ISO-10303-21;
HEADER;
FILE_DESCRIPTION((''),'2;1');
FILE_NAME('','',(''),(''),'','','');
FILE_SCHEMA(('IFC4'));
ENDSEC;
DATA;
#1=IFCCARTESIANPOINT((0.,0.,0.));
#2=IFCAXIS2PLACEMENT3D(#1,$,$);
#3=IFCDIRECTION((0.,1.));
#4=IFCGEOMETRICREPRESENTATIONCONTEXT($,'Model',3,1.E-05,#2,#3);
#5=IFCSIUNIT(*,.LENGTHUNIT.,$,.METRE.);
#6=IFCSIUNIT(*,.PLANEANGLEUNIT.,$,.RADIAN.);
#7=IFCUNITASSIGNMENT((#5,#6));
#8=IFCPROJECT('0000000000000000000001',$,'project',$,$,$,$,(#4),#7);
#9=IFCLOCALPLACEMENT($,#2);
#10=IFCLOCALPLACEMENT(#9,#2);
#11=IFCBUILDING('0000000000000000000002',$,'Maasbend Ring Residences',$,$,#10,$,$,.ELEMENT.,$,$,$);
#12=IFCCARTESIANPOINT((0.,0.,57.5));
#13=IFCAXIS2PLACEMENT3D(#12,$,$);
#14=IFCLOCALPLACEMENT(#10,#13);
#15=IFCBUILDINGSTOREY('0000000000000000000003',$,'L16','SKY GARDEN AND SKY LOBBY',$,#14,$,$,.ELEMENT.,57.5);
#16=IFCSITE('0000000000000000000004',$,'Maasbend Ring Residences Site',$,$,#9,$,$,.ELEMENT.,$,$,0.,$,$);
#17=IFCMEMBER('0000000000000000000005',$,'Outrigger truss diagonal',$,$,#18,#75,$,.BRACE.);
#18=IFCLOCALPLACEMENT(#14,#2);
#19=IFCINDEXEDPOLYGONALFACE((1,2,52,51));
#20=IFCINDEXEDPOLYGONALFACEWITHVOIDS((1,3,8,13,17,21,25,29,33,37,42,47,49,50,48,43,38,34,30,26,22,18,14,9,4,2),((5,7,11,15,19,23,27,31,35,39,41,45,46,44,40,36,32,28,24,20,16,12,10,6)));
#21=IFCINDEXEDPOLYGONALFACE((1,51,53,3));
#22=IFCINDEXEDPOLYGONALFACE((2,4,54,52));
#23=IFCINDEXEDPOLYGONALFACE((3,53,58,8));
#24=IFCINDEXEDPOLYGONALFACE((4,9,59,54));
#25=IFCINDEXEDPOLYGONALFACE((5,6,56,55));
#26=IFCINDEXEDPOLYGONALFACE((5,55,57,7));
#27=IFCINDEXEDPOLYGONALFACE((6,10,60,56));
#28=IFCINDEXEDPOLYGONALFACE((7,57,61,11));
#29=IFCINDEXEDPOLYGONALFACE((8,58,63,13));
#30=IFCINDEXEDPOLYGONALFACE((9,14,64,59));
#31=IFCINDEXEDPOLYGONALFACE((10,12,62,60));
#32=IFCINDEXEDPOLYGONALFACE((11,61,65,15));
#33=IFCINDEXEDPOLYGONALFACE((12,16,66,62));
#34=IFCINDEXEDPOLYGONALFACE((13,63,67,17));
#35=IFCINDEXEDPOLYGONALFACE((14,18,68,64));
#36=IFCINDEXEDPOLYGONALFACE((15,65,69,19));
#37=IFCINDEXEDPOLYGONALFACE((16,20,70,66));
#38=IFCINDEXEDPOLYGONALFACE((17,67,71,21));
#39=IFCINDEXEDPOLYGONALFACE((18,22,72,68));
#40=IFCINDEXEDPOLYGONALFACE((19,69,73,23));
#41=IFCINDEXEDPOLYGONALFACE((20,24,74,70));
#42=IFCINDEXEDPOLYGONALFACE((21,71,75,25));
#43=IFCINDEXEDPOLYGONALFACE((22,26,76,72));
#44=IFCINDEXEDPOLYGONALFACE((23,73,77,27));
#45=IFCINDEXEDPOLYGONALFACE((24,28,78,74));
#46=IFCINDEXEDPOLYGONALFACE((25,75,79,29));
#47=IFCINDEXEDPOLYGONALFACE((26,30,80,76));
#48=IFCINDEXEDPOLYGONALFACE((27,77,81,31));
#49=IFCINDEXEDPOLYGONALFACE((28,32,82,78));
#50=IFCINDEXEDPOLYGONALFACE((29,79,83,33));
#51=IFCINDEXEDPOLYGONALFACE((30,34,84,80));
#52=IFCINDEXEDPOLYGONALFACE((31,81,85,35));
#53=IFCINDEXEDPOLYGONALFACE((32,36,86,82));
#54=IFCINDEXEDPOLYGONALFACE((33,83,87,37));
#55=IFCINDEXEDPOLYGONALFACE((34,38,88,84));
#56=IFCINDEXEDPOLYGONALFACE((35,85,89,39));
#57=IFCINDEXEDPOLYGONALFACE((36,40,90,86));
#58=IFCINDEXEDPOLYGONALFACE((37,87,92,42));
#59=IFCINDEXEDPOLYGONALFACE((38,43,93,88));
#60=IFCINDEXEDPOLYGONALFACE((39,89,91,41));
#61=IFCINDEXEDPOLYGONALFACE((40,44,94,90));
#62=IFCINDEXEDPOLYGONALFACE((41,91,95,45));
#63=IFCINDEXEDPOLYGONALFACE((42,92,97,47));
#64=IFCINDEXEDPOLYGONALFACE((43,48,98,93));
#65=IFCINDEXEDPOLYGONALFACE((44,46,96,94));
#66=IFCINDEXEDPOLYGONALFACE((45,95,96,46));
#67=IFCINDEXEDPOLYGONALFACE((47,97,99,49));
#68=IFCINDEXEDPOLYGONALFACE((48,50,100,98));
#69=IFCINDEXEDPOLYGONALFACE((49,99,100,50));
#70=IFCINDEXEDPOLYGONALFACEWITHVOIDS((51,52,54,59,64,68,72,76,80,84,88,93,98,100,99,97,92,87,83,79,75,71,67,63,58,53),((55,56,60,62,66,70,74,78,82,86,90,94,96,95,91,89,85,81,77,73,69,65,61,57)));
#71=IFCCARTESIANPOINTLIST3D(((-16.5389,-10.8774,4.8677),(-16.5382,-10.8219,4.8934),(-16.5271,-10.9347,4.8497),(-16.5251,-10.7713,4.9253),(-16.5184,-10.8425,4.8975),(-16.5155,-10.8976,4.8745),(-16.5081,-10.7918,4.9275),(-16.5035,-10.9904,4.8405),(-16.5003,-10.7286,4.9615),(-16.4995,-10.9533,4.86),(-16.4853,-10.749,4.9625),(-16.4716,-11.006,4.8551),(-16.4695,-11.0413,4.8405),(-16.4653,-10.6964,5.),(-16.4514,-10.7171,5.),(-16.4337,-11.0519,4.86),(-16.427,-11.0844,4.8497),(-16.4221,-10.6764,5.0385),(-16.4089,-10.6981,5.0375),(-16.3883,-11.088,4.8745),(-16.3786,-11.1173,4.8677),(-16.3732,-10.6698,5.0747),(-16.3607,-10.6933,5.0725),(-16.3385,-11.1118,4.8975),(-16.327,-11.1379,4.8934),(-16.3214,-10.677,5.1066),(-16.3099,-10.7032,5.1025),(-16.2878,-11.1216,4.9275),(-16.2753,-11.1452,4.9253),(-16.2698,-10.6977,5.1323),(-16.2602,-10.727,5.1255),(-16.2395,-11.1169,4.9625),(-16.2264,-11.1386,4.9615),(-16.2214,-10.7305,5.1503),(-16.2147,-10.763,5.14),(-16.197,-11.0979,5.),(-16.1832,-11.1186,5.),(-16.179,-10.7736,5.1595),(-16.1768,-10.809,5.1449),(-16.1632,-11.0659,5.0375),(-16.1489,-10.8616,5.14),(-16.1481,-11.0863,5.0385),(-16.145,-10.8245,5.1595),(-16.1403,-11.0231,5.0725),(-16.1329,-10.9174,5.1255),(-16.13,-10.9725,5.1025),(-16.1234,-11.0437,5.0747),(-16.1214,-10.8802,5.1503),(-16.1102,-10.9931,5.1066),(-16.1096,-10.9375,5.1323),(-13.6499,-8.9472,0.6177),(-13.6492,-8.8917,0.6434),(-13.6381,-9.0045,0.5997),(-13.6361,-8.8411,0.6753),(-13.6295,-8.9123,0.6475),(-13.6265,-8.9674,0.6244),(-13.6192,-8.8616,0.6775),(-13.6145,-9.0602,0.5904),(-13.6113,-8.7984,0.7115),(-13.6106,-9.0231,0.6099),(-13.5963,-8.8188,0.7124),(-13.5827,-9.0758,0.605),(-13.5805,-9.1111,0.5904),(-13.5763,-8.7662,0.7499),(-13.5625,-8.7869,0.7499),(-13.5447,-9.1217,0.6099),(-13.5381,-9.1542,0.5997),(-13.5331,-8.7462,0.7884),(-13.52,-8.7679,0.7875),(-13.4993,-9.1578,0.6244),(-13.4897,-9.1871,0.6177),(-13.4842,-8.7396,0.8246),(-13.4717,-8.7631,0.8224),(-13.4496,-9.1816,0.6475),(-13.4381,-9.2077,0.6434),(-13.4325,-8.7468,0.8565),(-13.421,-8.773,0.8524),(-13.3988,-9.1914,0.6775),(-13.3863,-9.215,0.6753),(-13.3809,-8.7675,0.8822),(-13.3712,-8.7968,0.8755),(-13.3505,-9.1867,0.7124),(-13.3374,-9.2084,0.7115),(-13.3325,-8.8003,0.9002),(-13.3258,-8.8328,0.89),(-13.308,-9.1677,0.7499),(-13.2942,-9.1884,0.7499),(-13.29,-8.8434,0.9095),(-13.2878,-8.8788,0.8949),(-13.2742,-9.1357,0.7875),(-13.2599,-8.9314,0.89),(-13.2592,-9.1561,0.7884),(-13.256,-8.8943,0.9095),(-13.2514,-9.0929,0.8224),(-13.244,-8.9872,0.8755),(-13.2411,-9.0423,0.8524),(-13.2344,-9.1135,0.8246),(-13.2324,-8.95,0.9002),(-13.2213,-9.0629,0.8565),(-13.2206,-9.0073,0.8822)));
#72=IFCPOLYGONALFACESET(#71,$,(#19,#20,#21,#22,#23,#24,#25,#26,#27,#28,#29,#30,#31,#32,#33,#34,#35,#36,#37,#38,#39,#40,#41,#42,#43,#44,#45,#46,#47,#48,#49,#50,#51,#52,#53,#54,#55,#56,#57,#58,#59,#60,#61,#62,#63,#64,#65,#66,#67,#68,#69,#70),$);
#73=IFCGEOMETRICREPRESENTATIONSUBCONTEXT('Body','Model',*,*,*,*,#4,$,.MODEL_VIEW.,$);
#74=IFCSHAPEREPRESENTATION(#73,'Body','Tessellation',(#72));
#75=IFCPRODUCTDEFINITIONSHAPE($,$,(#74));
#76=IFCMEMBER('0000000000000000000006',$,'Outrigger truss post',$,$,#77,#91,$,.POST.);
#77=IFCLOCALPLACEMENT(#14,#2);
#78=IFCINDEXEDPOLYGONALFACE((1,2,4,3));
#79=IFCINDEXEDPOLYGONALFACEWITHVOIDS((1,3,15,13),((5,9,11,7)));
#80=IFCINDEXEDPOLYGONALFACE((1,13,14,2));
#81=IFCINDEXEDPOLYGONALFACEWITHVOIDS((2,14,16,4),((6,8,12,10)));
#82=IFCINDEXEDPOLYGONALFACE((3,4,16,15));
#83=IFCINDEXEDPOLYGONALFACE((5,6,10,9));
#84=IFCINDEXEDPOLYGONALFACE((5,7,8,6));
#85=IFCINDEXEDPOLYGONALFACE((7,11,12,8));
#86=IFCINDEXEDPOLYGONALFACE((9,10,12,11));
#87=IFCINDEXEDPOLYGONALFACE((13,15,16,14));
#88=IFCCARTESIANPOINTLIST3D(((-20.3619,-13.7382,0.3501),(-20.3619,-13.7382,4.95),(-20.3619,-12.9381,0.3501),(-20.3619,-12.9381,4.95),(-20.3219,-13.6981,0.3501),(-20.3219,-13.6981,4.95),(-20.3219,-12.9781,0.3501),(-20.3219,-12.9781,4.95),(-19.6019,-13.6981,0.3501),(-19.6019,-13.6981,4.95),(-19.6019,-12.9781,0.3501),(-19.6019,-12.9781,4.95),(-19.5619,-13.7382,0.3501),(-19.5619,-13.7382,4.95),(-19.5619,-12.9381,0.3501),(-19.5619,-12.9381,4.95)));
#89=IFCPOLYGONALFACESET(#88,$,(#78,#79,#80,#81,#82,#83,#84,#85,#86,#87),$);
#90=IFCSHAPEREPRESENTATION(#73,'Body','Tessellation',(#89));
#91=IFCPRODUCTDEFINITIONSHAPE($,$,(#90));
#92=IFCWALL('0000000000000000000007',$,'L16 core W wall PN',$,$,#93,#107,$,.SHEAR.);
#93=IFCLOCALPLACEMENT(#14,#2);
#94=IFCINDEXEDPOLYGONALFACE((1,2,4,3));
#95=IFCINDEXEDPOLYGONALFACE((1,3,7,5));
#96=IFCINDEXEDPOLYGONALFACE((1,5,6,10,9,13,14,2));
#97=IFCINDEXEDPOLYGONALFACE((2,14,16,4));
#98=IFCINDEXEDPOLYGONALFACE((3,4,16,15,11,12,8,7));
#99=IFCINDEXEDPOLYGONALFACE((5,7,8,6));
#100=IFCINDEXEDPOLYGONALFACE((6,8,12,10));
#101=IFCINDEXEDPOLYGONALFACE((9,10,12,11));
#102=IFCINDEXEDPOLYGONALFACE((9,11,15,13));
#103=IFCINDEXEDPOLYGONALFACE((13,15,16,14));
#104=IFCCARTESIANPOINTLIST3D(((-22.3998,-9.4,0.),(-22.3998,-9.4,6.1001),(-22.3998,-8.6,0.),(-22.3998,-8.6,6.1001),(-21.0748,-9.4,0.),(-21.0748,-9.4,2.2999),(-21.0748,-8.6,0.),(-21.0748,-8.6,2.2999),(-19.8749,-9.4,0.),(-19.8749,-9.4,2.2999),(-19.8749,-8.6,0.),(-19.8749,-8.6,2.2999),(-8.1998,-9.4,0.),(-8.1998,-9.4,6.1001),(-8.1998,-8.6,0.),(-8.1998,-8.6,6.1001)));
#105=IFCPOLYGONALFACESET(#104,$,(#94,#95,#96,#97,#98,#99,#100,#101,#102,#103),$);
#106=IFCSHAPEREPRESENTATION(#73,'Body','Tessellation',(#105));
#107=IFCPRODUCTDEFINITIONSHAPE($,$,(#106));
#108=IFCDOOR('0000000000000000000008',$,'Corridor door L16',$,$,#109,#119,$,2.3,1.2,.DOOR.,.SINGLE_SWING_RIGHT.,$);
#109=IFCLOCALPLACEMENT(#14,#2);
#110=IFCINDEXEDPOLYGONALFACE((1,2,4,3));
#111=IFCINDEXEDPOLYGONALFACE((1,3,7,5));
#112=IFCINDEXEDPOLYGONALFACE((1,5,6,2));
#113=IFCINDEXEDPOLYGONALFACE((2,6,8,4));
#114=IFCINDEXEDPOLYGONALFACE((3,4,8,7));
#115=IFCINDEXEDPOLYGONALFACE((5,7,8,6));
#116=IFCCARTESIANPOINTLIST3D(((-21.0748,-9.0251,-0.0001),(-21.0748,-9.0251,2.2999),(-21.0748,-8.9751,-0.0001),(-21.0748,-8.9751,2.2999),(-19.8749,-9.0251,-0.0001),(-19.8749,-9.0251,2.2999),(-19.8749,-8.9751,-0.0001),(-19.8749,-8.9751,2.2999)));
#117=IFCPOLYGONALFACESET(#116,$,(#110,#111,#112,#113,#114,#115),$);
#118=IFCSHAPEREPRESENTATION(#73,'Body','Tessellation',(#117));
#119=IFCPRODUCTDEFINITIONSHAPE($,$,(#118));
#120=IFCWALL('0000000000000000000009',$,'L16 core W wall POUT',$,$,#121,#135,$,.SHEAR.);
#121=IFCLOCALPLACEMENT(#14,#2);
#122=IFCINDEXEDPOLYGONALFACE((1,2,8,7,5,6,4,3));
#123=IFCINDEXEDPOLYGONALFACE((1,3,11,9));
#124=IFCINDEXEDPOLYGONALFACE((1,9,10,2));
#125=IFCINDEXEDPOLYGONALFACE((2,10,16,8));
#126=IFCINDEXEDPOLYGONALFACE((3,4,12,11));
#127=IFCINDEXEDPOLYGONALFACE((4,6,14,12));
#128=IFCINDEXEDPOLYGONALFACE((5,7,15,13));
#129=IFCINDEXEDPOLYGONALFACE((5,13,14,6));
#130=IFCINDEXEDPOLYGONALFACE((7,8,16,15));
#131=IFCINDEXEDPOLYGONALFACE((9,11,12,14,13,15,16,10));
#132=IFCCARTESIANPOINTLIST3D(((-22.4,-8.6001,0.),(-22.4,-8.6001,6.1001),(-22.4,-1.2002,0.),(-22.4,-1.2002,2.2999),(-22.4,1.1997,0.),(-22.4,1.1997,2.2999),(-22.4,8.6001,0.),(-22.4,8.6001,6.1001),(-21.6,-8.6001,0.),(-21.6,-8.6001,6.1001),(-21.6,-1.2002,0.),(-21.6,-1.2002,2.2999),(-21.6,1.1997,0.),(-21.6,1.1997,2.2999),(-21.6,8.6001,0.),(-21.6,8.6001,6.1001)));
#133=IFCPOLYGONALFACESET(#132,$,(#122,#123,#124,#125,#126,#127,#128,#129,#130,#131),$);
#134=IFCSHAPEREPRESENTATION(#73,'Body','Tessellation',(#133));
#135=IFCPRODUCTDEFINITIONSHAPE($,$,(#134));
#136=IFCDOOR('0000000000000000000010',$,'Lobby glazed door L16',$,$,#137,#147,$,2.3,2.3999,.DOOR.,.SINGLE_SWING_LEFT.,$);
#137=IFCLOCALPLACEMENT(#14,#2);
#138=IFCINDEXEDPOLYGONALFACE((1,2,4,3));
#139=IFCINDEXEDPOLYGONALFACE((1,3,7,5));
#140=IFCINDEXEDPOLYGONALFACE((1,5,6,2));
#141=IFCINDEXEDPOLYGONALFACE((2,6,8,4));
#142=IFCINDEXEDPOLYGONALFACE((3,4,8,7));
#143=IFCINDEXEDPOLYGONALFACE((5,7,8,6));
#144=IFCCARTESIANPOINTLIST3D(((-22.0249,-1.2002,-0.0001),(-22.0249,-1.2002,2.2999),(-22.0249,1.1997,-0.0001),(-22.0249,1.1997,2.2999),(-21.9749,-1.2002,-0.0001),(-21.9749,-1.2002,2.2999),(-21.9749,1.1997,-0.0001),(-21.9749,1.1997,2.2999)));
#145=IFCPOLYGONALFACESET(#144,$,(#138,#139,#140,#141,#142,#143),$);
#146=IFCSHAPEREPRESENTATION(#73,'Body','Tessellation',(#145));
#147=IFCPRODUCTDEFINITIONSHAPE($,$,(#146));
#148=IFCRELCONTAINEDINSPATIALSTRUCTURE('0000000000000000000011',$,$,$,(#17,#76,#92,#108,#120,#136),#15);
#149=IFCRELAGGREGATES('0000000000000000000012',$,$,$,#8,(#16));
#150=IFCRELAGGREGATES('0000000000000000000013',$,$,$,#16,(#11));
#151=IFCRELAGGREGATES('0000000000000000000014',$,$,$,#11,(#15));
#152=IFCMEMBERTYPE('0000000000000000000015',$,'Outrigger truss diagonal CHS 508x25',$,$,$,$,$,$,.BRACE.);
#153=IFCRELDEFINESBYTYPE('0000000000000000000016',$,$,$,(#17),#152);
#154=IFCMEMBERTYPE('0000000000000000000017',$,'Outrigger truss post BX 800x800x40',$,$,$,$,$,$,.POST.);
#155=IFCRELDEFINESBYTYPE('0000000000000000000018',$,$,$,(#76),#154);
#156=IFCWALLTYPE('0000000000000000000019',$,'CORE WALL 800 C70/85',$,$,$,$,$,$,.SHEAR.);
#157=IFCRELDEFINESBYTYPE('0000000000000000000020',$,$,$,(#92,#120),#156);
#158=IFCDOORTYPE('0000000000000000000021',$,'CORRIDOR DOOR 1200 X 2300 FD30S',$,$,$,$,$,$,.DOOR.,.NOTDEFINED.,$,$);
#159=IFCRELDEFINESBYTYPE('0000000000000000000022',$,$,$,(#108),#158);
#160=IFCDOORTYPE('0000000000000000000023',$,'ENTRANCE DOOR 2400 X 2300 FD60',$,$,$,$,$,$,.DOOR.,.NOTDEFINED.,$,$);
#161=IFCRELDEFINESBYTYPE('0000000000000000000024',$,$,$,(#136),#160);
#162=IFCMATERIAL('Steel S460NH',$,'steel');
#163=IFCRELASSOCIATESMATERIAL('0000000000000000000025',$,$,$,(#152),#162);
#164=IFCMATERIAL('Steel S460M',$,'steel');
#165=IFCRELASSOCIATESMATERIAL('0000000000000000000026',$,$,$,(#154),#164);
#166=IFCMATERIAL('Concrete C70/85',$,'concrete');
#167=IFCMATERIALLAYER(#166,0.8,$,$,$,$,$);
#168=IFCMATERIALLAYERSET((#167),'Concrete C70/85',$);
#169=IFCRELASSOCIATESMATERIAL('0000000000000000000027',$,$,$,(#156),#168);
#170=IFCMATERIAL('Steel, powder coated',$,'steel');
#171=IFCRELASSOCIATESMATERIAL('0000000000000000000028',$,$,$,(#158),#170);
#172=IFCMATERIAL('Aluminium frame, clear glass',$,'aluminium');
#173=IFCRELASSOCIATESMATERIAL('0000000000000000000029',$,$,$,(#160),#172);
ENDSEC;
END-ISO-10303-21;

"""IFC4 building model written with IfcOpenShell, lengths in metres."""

from ifc_helpers import new_model, si_unit, direction, frame, frame_2d, origin, origin_2d, place, context, subcontext, project, spatial, rectangle, hollow_rectangle, hollow_circle, extrude, material, layer, layer_set, material_profile, profile_set, type_object, element, fill, save


model = new_model("IFC4")

# Units and contexts
model_context = context("Model", 3, precision=1e-05, world=origin(), true_north=direction((0.0, 1.0)))
body_context = subcontext(model_context, "Body", "Model", "MODEL_VIEW")
ifc_project = project(units=[si_unit("LENGTHUNIT", "METRE"), si_unit("PLANEANGLEUNIT", "RADIAN")], contexts=[model_context])

# Site, building, storey
site_placement = place(None, origin())
site = spatial("IfcSite", under=ifc_project, at=site_placement, Name="Maasbend Ring Residences Site", CompositionType="ELEMENT", RefElevation=0.0)
building_placement = place(site_placement, origin())
building = spatial("IfcBuilding", under=site, at=building_placement, Name="Maasbend Ring Residences", CompositionType="ELEMENT")
storey_placement = place(building_placement, frame((0.0, 0.0, 57.5)))
storey = spatial("IfcBuildingStorey", under=building, at=storey_placement, Name="L16", Description="SKY GARDEN AND SKY LOBBY", CompositionType="ELEMENT", Elevation=57.5)

# Members
ifc_material_1 = material(Name="Steel S460NH", Category="steel")
ifc_material_profile_1 = material_profile(ifc_material_1, hollow_circle(Radius=0.2539, WallThickness=0.0249, at=origin_2d()), Name="Outrigger truss diagonal CHS 508x25")
ifc_profile_set_1 = profile_set([ifc_material_profile_1], Name="Steel S460NH")
member_type_1 = type_object("IfcMemberType", Name="Outrigger truss diagonal CHS 508x25", PredefinedType="BRACE", material=ifc_profile_set_1)
member_1_placement = place(storey_placement, frame((-16.3242, -10.9075, 5.0), z_axis=(0.526268, 0.351616, -0.774214), x_axis=(-0.555543, 0.831488, 0.0)))
element("IfcMember", 1, at=member_1_placement, inside=storey, type_object=member_type_1, Name="Outrigger truss diagonal", PredefinedType="BRACE", context=body_context, shape_type="SweptSolid", body=[
    extrude(hollow_circle(Radius=0.2539, WallThickness=0.0249, at=origin_2d()), origin(), (0.0, 0.0, 1.0), 5.4895),
])
ifc_material_2 = material(Name="Steel S460M", Category="steel")
ifc_material_profile_2 = material_profile(ifc_material_2, hollow_rectangle(XDim=0.8, YDim=0.8, WallThickness=0.04, at=origin_2d()), Name="Outrigger truss post BX 800x800x40")
ifc_profile_set_2 = profile_set([ifc_material_profile_2], Name="Steel S460M")
member_type_2 = type_object("IfcMemberType", Name="Outrigger truss post BX 800x800x40", PredefinedType="POST", material=ifc_profile_set_2)
member_2_placement = place(storey_placement, frame((-19.9619, -13.3381, 0.3501), z_axis=(0.0, 0.0, 1.0), x_axis=(1.0, 0.0, 0.0)))
element("IfcMember", 2, at=member_2_placement, inside=storey, type_object=member_type_2, Name="Outrigger truss post", PredefinedType="POST", context=body_context, shape_type="SweptSolid", body=[
    extrude(hollow_rectangle(XDim=0.8, YDim=0.8, WallThickness=0.04, at=origin_2d()), origin(), (0.0, 0.0, 1.0), 4.5999),
])

# Walls, openings, doors
ifc_material_3 = material(Name="Concrete C70/85", Category="concrete")
ifc_layer_1 = layer(ifc_material_3, 0.8)
ifc_layer_set_1 = layer_set([ifc_layer_1], Name="Concrete C70/85")
wall_type_1 = type_object("IfcWallType", Name="CORE WALL 800 C70/85", PredefinedType="SHEAR", material=ifc_layer_set_1)
wall_1_placement = place(storey_placement, frame((-22.3999, -9.0, 0.0), z_axis=(0.0, 0.0, 1.0), x_axis=(1.0, 0.0, 0.0)))
wall_1 = element("IfcWall", 3, at=wall_1_placement, inside=storey, type_object=wall_type_1, Name="L16 core W wall PN", PredefinedType="SHEAR", context=body_context, shape_type="SweptSolid", body=[
    extrude(rectangle(XDim=14.2, YDim=0.8, at=frame_2d((7.1001, 0.0))), origin(), (0.0, 0.0, 1.0), 6.1001),
])
opening_1_placement = place(wall_1_placement, frame((1.325, 0.0, 0.0)))
opening_1 = element("IfcOpeningElement", 4, at=opening_1_placement, cuts=wall_1, PredefinedType="OPENING", context=body_context, shape_type="SweptSolid", body=[
    extrude(rectangle(XDim=1.2, YDim=2.3, at=frame_2d((0.6001, 1.1499))), frame((0.0, 0.4102, 0.0), z_axis=(0.0, -1.0, 0.0), x_axis=(1.0, 0.0, 0.0)), (0.0, 0.0, 1.0), 0.8201),
])
ifc_material_4 = material(Name="Steel, powder coated", Category="steel")
door_type_1 = type_object("IfcDoorType", Name="CORRIDOR DOOR 1200 X 2300 FD30S", OperationType="NOTDEFINED", PredefinedType="DOOR", material=ifc_material_4)
door_1_placement = place(opening_1_placement, origin())
door_1 = element("IfcDoor", 5, at=door_1_placement, inside=storey, type_object=door_type_1, Name="Corridor door L16", OperationType="SINGLE_SWING_RIGHT", OverallHeight=2.3, OverallWidth=1.2, PredefinedType="DOOR", context=body_context, shape_type="SweptSolid", body=[
    extrude(rectangle(XDim=1.2, YDim=2.3, at=frame_2d((0.6001, 1.1499))), frame((0.0, 0.0249, 0.0), z_axis=(0.0, -1.0, 0.0), x_axis=(1.0, 0.0, 0.0)), (0.0, 0.0, 1.0), 0.05),
])
fill(opening_1, door_1)
wall_2_placement = place(storey_placement, frame((-22.0, -8.6001, 0.0), z_axis=(0.0, 0.0, 1.0), x_axis=(0.0, 1.0, 0.0)))
wall_2 = element("IfcWall", 6, at=wall_2_placement, inside=storey, type_object=wall_type_1, Name="L16 core W wall POUT", PredefinedType="SHEAR", context=body_context, shape_type="SweptSolid", body=[
    extrude(rectangle(XDim=17.2002, YDim=0.8, at=frame_2d((8.6001, 0.0))), origin(), (0.0, 0.0, 1.0), 6.1001),
])
opening_2_placement = place(wall_2_placement, frame((7.3999, 0.0, 0.0)))
opening_2 = element("IfcOpeningElement", 7, at=opening_2_placement, cuts=wall_2, PredefinedType="OPENING", context=body_context, shape_type="SweptSolid", body=[
    extrude(rectangle(XDim=2.3999, YDim=2.3, at=frame_2d((1.2, 1.1499))), frame((0.0, 0.4102, 0.0), z_axis=(0.0, -1.0, 0.0), x_axis=(1.0, 0.0, 0.0)), (0.0, 0.0, 1.0), 0.8201),
])
ifc_material_5 = material(Name="Aluminium frame, clear glass", Category="aluminium")
door_type_2 = type_object("IfcDoorType", Name="ENTRANCE DOOR 2400 X 2300 FD60", OperationType="NOTDEFINED", PredefinedType="DOOR", material=ifc_material_5)
door_2_placement = place(opening_2_placement, origin())
door_2 = element("IfcDoor", 8, at=door_2_placement, inside=storey, type_object=door_type_2, Name="Lobby glazed door L16", OperationType="SINGLE_SWING_LEFT", OverallHeight=2.3, OverallWidth=2.3999, PredefinedType="DOOR", context=body_context, shape_type="SweptSolid", body=[
    extrude(rectangle(XDim=2.3999, YDim=2.3, at=frame_2d((1.2, 1.1499))), frame((0.0, 0.0249, 0.0), z_axis=(0.0, -1.0, 0.0), x_axis=(1.0, 0.0, 0.0)), (0.0, 0.0, 1.0), 0.05),
])
fill(opening_2, door_2)

save(model, "model.ifc")
